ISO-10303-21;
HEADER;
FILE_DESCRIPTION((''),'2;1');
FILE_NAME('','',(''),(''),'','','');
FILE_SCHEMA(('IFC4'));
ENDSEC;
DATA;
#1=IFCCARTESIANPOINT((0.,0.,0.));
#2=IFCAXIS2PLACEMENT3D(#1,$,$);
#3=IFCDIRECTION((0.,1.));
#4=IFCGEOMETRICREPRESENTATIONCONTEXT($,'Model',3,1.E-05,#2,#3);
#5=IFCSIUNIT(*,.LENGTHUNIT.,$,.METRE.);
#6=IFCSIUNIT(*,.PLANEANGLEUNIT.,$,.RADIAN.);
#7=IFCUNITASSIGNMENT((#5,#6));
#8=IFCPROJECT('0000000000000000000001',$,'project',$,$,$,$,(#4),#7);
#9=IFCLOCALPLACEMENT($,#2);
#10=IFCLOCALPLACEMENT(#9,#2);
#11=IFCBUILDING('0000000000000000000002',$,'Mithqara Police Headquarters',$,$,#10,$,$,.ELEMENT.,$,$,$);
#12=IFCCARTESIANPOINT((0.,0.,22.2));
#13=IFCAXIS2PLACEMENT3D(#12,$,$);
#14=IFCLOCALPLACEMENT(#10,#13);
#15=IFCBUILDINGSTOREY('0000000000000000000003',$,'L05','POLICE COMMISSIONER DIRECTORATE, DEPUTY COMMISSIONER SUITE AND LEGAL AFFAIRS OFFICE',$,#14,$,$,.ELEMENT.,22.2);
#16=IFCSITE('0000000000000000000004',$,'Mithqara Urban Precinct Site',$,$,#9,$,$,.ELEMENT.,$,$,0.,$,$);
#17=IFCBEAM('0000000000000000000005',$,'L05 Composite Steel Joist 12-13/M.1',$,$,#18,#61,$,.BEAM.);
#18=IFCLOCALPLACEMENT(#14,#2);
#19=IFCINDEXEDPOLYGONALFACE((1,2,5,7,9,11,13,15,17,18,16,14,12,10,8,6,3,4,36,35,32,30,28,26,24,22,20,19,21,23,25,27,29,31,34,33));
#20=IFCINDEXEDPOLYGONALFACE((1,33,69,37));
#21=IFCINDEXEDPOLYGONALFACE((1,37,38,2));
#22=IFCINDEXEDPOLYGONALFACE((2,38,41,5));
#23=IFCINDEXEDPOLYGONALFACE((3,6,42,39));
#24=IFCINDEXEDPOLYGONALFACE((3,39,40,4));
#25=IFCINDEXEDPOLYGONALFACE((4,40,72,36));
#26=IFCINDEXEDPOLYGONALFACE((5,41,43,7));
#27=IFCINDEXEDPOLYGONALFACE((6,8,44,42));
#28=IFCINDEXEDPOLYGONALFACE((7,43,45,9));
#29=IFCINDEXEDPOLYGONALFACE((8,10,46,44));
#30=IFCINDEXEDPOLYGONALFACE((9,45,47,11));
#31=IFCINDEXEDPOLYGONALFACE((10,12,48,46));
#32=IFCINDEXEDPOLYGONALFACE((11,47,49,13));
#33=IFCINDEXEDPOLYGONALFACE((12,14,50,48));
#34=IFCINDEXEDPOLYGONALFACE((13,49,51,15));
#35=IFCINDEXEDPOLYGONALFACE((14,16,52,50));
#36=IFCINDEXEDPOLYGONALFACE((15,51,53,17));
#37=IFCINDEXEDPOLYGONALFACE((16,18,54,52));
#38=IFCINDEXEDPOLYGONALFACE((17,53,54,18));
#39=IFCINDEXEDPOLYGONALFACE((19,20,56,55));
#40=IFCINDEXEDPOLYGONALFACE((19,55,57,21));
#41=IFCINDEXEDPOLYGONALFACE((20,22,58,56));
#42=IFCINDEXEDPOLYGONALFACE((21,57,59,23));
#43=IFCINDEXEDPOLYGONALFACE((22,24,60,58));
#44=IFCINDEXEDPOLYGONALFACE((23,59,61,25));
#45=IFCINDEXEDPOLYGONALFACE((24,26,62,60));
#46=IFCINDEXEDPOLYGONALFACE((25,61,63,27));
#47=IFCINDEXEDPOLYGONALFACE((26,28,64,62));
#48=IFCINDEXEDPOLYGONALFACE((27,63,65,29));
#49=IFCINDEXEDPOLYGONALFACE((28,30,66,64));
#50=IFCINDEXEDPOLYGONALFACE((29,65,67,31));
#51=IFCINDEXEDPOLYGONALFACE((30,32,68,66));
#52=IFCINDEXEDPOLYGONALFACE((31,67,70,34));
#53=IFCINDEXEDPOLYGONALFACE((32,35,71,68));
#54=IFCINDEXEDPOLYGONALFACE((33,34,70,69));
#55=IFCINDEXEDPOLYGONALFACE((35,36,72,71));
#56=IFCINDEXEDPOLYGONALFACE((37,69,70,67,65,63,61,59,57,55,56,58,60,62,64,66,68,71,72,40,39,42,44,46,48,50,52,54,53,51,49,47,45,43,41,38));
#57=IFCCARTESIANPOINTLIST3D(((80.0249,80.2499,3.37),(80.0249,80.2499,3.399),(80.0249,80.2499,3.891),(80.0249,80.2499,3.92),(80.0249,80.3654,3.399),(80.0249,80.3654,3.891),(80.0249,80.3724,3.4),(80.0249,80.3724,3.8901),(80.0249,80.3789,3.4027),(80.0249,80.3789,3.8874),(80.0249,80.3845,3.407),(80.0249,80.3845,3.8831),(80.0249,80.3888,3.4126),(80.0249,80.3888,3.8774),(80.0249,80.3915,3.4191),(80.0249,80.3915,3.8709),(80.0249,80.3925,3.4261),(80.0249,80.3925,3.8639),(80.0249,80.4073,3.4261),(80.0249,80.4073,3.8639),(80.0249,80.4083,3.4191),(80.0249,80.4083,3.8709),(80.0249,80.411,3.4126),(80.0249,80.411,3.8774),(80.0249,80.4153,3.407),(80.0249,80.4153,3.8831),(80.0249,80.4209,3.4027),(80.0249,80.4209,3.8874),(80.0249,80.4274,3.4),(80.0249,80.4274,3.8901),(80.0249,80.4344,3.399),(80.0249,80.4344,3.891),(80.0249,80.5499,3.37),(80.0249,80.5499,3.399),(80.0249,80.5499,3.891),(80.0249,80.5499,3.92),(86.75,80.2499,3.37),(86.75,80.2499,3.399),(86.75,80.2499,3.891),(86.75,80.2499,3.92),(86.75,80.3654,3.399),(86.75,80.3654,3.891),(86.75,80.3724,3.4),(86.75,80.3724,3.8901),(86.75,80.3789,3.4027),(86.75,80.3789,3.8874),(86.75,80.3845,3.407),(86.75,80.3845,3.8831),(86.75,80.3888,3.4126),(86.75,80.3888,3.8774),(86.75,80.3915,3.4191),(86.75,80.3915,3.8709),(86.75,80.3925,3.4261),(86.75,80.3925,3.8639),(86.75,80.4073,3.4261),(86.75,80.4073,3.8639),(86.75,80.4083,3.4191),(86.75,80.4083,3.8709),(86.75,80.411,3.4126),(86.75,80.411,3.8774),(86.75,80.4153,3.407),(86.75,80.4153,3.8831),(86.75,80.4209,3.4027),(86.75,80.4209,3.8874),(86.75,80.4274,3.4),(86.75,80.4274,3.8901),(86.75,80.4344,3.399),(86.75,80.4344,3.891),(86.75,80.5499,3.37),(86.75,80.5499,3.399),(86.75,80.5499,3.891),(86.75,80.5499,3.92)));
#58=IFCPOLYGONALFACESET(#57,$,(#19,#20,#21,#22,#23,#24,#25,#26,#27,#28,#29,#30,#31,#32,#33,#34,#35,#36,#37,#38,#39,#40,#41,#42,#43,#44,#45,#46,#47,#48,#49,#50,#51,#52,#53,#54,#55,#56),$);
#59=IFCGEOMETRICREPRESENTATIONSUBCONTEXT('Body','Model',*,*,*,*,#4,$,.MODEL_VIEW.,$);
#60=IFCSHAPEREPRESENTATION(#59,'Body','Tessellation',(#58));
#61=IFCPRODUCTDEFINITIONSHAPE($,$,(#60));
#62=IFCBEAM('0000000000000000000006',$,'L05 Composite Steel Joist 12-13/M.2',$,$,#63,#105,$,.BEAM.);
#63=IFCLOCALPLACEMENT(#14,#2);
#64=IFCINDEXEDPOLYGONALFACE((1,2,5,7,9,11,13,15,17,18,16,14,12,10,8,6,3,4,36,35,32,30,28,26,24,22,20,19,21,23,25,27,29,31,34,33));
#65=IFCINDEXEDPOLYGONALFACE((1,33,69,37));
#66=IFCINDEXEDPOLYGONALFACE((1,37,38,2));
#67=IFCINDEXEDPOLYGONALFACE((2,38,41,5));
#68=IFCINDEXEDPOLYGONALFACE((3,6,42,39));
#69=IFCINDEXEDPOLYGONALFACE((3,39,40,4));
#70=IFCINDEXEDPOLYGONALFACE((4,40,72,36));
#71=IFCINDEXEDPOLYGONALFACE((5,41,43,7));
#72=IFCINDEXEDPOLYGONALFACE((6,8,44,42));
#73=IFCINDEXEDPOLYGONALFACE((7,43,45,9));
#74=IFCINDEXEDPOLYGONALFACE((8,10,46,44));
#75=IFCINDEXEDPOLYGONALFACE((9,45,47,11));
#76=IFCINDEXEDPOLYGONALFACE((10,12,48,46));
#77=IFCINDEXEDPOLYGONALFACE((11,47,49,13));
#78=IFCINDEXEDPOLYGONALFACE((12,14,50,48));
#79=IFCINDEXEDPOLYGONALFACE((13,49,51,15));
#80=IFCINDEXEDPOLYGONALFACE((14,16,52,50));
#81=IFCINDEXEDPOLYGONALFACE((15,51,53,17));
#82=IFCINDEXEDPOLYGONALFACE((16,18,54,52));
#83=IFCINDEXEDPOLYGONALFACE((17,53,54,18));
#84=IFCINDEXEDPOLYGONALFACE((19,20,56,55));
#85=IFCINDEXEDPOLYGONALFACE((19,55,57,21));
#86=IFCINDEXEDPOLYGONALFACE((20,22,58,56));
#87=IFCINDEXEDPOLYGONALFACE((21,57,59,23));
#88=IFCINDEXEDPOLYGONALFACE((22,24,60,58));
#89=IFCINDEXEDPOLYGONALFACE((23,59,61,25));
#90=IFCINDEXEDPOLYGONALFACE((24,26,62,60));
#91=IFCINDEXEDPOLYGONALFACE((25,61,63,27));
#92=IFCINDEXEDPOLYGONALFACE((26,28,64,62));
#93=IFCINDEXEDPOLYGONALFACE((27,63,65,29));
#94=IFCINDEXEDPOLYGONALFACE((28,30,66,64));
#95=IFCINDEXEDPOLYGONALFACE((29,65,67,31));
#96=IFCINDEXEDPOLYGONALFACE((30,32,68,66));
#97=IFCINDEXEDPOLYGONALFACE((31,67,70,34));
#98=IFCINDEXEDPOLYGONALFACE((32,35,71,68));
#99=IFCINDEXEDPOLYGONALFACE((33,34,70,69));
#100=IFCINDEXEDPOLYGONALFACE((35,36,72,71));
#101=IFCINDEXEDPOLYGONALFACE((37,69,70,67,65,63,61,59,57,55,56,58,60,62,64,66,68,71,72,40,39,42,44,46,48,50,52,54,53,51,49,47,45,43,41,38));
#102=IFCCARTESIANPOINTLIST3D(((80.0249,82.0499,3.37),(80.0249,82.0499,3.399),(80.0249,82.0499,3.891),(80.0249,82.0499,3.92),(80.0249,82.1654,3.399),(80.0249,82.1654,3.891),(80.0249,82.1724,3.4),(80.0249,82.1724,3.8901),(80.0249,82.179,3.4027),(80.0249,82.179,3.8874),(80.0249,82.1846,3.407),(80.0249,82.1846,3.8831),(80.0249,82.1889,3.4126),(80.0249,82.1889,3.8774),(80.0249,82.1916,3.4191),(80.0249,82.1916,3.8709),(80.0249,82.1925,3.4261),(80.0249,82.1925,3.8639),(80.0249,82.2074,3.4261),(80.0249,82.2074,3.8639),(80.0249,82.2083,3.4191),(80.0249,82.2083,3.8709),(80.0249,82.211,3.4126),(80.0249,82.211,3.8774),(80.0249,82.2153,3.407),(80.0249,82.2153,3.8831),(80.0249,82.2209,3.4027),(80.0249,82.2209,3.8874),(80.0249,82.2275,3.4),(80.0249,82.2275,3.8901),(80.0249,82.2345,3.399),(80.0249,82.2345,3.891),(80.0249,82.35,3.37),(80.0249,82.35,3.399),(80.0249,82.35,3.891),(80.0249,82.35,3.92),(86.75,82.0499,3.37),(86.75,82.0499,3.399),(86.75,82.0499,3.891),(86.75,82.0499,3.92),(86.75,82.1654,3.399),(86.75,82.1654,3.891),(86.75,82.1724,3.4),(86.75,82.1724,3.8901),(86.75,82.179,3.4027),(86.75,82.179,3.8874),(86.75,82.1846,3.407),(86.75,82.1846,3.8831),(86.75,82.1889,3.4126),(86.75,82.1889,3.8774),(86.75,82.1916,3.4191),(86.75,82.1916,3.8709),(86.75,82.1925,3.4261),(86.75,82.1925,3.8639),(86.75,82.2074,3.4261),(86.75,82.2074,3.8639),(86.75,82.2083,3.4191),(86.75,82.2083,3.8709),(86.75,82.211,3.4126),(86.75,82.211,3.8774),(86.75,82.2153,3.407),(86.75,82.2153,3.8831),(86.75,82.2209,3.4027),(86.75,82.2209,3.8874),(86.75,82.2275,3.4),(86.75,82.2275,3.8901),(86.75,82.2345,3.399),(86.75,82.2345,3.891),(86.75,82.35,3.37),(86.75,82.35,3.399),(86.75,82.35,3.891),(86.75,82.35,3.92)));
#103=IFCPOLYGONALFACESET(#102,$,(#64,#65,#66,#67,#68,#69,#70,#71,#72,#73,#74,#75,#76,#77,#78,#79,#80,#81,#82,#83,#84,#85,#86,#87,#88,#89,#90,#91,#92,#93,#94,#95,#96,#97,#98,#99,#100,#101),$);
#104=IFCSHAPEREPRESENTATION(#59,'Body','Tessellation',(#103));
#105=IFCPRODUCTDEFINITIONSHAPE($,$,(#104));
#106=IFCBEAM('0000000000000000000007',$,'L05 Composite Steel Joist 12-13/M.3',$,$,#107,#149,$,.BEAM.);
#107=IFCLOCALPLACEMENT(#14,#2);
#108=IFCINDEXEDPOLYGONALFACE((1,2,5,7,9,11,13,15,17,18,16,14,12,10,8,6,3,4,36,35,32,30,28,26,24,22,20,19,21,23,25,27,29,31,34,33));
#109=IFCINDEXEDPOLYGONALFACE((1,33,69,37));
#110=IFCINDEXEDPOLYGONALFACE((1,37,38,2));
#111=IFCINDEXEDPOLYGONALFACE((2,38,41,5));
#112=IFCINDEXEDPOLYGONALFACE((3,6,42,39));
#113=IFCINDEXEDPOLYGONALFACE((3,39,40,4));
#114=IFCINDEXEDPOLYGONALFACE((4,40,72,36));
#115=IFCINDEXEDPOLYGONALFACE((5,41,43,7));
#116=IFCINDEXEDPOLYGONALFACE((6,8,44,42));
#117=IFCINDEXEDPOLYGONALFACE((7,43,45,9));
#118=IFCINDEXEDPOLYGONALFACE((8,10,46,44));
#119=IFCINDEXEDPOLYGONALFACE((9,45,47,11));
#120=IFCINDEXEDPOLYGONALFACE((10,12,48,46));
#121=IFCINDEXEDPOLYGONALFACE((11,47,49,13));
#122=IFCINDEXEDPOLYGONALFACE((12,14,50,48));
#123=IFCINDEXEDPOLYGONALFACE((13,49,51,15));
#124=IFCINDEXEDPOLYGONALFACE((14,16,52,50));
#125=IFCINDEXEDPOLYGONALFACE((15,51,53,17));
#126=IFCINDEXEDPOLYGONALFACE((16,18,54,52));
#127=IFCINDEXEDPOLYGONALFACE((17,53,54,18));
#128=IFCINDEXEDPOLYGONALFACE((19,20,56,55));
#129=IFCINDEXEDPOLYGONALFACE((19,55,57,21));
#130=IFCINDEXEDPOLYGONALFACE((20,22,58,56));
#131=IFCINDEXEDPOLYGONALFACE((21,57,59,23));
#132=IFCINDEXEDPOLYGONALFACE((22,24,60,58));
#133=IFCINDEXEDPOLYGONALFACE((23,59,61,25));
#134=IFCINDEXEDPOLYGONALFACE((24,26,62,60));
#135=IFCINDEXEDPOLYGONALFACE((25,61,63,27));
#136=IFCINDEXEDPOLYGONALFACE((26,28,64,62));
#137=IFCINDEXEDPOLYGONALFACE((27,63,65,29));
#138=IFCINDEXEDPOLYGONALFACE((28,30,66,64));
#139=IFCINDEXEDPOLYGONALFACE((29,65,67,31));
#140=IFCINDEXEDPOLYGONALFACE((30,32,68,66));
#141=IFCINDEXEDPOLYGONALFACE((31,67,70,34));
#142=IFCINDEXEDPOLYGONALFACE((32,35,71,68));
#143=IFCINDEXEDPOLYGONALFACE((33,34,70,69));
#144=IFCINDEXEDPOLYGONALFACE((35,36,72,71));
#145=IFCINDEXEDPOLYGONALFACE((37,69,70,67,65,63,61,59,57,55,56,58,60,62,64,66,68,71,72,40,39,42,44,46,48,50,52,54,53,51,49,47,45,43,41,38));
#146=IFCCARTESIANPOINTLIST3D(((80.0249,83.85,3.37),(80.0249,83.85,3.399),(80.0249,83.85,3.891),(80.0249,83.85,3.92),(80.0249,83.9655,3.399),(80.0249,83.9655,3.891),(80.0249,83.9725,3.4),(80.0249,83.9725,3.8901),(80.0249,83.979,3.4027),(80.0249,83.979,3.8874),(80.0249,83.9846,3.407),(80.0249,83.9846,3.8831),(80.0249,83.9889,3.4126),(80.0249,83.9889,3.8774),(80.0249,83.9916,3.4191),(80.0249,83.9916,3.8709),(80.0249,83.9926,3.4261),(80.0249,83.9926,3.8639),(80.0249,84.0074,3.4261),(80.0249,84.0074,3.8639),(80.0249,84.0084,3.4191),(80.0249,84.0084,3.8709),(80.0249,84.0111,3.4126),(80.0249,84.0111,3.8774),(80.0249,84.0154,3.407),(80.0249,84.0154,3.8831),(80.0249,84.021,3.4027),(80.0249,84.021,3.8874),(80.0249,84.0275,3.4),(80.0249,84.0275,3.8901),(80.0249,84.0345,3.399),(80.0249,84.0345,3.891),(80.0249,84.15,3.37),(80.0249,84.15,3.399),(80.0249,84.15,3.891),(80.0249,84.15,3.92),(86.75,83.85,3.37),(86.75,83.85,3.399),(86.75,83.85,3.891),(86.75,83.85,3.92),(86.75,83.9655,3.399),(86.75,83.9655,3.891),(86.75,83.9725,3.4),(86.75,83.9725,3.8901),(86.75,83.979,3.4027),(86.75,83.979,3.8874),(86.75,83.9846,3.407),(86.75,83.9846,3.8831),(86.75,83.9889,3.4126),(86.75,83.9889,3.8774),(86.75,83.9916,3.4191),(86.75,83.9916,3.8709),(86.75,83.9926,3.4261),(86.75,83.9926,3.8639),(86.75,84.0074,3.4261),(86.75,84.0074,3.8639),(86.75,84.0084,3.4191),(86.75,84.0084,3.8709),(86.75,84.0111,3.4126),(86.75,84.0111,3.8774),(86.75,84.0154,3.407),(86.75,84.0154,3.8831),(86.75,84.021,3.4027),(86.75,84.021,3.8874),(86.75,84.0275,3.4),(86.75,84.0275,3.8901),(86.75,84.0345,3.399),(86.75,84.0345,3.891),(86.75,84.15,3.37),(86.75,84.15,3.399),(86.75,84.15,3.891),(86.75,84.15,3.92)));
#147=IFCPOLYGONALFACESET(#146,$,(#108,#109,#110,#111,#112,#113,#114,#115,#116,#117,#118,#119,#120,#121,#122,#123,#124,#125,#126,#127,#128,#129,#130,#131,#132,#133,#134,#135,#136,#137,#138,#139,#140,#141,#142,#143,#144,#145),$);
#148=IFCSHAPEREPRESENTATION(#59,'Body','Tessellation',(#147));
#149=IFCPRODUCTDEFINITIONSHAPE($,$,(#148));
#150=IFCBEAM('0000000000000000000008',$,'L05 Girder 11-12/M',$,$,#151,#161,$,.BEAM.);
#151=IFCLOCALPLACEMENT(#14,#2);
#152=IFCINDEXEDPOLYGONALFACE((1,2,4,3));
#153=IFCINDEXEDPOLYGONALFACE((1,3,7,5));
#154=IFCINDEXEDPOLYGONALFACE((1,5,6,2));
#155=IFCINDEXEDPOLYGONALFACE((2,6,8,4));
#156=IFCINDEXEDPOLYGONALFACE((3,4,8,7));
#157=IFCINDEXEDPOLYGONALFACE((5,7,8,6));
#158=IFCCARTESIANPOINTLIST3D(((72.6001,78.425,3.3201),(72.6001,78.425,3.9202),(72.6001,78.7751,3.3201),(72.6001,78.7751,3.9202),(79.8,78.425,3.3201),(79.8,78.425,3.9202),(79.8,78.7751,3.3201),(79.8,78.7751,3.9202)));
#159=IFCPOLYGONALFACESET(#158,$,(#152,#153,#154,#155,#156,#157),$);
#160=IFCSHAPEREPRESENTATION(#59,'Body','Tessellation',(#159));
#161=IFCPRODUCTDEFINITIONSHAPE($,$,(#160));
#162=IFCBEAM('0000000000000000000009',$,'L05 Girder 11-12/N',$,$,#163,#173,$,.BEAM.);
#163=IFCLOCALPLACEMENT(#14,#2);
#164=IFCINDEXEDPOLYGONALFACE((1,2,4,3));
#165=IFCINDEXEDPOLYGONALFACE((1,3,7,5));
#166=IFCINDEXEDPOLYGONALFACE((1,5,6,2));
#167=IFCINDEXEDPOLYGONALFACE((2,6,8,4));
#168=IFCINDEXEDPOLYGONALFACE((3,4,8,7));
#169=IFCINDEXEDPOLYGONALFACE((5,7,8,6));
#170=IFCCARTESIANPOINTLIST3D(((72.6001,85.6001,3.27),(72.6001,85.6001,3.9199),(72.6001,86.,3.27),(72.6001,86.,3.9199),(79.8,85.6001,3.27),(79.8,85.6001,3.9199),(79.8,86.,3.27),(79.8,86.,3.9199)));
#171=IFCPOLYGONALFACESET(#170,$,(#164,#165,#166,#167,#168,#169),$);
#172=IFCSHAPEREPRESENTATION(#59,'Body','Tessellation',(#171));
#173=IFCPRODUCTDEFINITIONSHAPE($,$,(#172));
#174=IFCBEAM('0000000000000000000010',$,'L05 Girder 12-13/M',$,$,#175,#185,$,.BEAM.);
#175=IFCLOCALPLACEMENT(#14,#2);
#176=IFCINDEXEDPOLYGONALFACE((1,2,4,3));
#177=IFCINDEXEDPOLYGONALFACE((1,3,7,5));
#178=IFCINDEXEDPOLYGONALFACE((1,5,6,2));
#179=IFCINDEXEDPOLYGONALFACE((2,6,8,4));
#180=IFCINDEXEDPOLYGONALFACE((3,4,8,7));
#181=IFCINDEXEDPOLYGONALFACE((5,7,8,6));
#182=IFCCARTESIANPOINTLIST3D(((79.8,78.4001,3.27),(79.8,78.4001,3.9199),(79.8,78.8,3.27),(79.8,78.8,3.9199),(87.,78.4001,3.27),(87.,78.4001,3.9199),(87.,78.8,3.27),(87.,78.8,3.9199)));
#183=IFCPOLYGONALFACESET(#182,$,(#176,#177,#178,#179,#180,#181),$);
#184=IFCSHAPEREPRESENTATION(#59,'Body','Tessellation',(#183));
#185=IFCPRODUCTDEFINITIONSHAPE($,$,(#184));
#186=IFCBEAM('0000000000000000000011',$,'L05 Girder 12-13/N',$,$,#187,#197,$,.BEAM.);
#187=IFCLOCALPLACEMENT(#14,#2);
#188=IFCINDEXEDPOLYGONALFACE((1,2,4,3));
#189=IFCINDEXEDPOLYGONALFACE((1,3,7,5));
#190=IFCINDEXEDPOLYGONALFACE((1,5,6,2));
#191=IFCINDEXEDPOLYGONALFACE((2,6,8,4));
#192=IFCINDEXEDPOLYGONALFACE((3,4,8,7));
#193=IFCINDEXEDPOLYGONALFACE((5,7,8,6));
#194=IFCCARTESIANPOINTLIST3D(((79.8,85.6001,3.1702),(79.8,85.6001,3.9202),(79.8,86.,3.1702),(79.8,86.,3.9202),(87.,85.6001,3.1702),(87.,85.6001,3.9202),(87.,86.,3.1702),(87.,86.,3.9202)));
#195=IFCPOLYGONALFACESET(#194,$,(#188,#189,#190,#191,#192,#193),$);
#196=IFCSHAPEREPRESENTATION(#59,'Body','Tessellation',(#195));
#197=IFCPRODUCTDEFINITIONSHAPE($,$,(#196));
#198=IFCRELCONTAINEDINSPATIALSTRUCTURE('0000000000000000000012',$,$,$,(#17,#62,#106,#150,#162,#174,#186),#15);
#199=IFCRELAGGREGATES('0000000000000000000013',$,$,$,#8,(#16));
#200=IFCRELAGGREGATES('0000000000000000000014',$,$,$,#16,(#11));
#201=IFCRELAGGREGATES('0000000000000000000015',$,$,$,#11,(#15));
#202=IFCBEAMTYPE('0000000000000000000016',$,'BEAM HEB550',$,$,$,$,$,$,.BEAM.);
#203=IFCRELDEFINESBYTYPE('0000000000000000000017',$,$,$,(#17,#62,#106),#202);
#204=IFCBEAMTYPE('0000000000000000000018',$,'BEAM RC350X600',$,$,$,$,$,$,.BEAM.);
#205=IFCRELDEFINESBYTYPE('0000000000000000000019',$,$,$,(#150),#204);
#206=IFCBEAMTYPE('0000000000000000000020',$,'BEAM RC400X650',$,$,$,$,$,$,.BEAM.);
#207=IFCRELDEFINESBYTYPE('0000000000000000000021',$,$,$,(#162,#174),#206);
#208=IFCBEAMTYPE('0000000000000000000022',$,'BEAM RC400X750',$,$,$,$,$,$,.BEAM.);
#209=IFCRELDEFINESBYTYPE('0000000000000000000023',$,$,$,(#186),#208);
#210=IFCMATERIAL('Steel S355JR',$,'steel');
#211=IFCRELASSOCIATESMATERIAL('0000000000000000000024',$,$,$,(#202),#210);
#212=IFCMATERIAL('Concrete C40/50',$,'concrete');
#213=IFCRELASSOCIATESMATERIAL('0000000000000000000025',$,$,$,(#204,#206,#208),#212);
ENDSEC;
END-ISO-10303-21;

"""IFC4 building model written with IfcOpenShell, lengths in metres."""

from ifc_helpers import new_model, si_unit, direction, frame, origin, origin_2d, place, context, subcontext, project, spatial, rectangle, i_section, extrude, material, material_profile, profile_set, type_object, element, save


model = new_model("IFC4")

# Units and contexts
model_context = context("Model", 3, precision=1e-05, world=origin(), true_north=direction((0.0, 1.0)))
body_context = subcontext(model_context, "Body", "Model", "MODEL_VIEW")
ifc_project = project(units=[si_unit("LENGTHUNIT", "METRE"), si_unit("PLANEANGLEUNIT", "RADIAN")], contexts=[model_context])

# Site, building, storey
site_placement = place(None, origin())
site = spatial("IfcSite", under=ifc_project, at=site_placement, Name="Mithqara Urban Precinct Site", CompositionType="ELEMENT", RefElevation=0.0)
building_placement = place(site_placement, origin())
building = spatial("IfcBuilding", under=site, at=building_placement, Name="Mithqara Police Headquarters", CompositionType="ELEMENT")
storey_placement = place(building_placement, frame((0.0, 0.0, 22.2)))
storey = spatial("IfcBuildingStorey", under=building, at=storey_placement, Name="L05", Description="POLICE COMMISSIONER DIRECTORATE, DEPUTY COMMISSIONER SUITE AND LEGAL AFFAIRS OFFICE", CompositionType="ELEMENT", Elevation=22.2)

# Beams
ifc_material_1 = material(Name="Steel S355JR", Category="steel")
ifc_material_profile_1 = material_profile(ifc_material_1, i_section(OverallWidth=0.3, OverallDepth=0.55, WebThickness=0.0149, FlangeThickness=0.0291, FilletRadius=0.0271, at=origin_2d()), Name="HEB 550")
ifc_profile_set_1 = profile_set([ifc_material_profile_1], Name="Steel S355JR")
beam_type_1 = type_object("IfcBeamType", Name="BEAM HEB550", PredefinedType="BEAM", material=ifc_profile_set_1)
for number, where, z_axis, x_axis, name in (
    (1, (80.0249, 80.3999, 3.645), (1.0, 0.0, 0.0), (0.0, 1.0, 0.0), "L05 Composite Steel Joist 12-13/M.1"),
    (2, (80.0249, 82.2, 3.645), (1.0, 0.0, 0.0), (0.0, 1.0, 0.0), "L05 Composite Steel Joist 12-13/M.2"),
    (3, (80.0249, 84.0, 3.645), (1.0, 0.0, 0.0), (0.0, 1.0, 0.0), "L05 Composite Steel Joist 12-13/M.3"),
):
    element("IfcBeam", number, at=place(storey_placement, frame(where, z_axis=z_axis, x_axis=x_axis)), inside=storey, type_object=beam_type_1, Name=name, PredefinedType="BEAM", context=body_context, shape_type="SweptSolid", body=[
        extrude(i_section(OverallWidth=0.3, OverallDepth=0.55, WebThickness=0.0149, FlangeThickness=0.0291, FilletRadius=0.0271, at=origin_2d()), origin(), (0.0, 0.0, 1.0), 6.7251),
    ])
ifc_material_2 = material(Name="Concrete C40/50", Category="concrete")
ifc_material_profile_2 = material_profile(ifc_material_2, rectangle(XDim=0.3501, YDim=0.6001, at=origin_2d()), Name="RC 350x600")
ifc_profile_set_2 = profile_set([ifc_material_profile_2], Name="Concrete C40/50")
beam_type_2 = type_object("IfcBeamType", Name="BEAM RC350X600", PredefinedType="BEAM", material=ifc_profile_set_2)
beam_1_placement = place(storey_placement, frame((72.6001, 78.6001, 3.6201), z_axis=(1.0, 0.0, 0.0), x_axis=(0.0, 1.0, 0.0)))
element("IfcBeam", 4, at=beam_1_placement, inside=storey, type_object=beam_type_2, Name="L05 Girder 11-12/M", PredefinedType="BEAM", context=body_context, shape_type="SweptSolid", body=[
    extrude(rectangle(XDim=0.3501, YDim=0.6001, at=origin_2d()), origin(), (0.0, 0.0, 1.0), 7.2),
])
ifc_material_profile_3 = material_profile(ifc_material_2, rectangle(XDim=0.3999, YDim=0.6499, at=origin_2d()), Name="RC 400x650")
ifc_profile_set_3 = profile_set([ifc_material_profile_3], Name="Concrete C40/50")
beam_type_3 = type_object("IfcBeamType", Name="BEAM RC400X650", PredefinedType="BEAM", material=ifc_profile_set_3)
for number, where, z_axis, x_axis, name in (
    (5, (72.6001, 85.8, 3.595), (1.0, 0.0, 0.0), (0.0, 1.0, 0.0), "L05 Girder 11-12/N"),
    (6, (79.8, 78.6001, 3.595), (1.0, 0.0, 0.0), (0.0, 1.0, 0.0), "L05 Girder 12-13/M"),
):
    element("IfcBeam", number, at=place(storey_placement, frame(where, z_axis=z_axis, x_axis=x_axis)), inside=storey, type_object=beam_type_3, Name=name, PredefinedType="BEAM", context=body_context, shape_type="SweptSolid", body=[
        extrude(rectangle(XDim=0.3999, YDim=0.6499, at=origin_2d()), origin(), (0.0, 0.0, 1.0), 7.2),
    ])
ifc_material_profile_4 = material_profile(ifc_material_2, rectangle(XDim=0.3999, YDim=0.75, at=origin_2d()), Name="RC 400x750")
ifc_profile_set_4 = profile_set([ifc_material_profile_4], Name="Concrete C40/50")
beam_type_4 = type_object("IfcBeamType", Name="BEAM RC400X750", PredefinedType="BEAM", material=ifc_profile_set_4)
beam_2_placement = place(storey_placement, frame((79.8, 85.8, 3.5452), z_axis=(1.0, 0.0, 0.0), x_axis=(0.0, 1.0, 0.0)))
element("IfcBeam", 7, at=beam_2_placement, inside=storey, type_object=beam_type_4, Name="L05 Girder 12-13/N", PredefinedType="BEAM", context=body_context, shape_type="SweptSolid", body=[
    extrude(rectangle(XDim=0.3999, YDim=0.75, at=origin_2d()), origin(), (0.0, 0.0, 1.0), 7.2),
])

save(model, "model.ifc")
